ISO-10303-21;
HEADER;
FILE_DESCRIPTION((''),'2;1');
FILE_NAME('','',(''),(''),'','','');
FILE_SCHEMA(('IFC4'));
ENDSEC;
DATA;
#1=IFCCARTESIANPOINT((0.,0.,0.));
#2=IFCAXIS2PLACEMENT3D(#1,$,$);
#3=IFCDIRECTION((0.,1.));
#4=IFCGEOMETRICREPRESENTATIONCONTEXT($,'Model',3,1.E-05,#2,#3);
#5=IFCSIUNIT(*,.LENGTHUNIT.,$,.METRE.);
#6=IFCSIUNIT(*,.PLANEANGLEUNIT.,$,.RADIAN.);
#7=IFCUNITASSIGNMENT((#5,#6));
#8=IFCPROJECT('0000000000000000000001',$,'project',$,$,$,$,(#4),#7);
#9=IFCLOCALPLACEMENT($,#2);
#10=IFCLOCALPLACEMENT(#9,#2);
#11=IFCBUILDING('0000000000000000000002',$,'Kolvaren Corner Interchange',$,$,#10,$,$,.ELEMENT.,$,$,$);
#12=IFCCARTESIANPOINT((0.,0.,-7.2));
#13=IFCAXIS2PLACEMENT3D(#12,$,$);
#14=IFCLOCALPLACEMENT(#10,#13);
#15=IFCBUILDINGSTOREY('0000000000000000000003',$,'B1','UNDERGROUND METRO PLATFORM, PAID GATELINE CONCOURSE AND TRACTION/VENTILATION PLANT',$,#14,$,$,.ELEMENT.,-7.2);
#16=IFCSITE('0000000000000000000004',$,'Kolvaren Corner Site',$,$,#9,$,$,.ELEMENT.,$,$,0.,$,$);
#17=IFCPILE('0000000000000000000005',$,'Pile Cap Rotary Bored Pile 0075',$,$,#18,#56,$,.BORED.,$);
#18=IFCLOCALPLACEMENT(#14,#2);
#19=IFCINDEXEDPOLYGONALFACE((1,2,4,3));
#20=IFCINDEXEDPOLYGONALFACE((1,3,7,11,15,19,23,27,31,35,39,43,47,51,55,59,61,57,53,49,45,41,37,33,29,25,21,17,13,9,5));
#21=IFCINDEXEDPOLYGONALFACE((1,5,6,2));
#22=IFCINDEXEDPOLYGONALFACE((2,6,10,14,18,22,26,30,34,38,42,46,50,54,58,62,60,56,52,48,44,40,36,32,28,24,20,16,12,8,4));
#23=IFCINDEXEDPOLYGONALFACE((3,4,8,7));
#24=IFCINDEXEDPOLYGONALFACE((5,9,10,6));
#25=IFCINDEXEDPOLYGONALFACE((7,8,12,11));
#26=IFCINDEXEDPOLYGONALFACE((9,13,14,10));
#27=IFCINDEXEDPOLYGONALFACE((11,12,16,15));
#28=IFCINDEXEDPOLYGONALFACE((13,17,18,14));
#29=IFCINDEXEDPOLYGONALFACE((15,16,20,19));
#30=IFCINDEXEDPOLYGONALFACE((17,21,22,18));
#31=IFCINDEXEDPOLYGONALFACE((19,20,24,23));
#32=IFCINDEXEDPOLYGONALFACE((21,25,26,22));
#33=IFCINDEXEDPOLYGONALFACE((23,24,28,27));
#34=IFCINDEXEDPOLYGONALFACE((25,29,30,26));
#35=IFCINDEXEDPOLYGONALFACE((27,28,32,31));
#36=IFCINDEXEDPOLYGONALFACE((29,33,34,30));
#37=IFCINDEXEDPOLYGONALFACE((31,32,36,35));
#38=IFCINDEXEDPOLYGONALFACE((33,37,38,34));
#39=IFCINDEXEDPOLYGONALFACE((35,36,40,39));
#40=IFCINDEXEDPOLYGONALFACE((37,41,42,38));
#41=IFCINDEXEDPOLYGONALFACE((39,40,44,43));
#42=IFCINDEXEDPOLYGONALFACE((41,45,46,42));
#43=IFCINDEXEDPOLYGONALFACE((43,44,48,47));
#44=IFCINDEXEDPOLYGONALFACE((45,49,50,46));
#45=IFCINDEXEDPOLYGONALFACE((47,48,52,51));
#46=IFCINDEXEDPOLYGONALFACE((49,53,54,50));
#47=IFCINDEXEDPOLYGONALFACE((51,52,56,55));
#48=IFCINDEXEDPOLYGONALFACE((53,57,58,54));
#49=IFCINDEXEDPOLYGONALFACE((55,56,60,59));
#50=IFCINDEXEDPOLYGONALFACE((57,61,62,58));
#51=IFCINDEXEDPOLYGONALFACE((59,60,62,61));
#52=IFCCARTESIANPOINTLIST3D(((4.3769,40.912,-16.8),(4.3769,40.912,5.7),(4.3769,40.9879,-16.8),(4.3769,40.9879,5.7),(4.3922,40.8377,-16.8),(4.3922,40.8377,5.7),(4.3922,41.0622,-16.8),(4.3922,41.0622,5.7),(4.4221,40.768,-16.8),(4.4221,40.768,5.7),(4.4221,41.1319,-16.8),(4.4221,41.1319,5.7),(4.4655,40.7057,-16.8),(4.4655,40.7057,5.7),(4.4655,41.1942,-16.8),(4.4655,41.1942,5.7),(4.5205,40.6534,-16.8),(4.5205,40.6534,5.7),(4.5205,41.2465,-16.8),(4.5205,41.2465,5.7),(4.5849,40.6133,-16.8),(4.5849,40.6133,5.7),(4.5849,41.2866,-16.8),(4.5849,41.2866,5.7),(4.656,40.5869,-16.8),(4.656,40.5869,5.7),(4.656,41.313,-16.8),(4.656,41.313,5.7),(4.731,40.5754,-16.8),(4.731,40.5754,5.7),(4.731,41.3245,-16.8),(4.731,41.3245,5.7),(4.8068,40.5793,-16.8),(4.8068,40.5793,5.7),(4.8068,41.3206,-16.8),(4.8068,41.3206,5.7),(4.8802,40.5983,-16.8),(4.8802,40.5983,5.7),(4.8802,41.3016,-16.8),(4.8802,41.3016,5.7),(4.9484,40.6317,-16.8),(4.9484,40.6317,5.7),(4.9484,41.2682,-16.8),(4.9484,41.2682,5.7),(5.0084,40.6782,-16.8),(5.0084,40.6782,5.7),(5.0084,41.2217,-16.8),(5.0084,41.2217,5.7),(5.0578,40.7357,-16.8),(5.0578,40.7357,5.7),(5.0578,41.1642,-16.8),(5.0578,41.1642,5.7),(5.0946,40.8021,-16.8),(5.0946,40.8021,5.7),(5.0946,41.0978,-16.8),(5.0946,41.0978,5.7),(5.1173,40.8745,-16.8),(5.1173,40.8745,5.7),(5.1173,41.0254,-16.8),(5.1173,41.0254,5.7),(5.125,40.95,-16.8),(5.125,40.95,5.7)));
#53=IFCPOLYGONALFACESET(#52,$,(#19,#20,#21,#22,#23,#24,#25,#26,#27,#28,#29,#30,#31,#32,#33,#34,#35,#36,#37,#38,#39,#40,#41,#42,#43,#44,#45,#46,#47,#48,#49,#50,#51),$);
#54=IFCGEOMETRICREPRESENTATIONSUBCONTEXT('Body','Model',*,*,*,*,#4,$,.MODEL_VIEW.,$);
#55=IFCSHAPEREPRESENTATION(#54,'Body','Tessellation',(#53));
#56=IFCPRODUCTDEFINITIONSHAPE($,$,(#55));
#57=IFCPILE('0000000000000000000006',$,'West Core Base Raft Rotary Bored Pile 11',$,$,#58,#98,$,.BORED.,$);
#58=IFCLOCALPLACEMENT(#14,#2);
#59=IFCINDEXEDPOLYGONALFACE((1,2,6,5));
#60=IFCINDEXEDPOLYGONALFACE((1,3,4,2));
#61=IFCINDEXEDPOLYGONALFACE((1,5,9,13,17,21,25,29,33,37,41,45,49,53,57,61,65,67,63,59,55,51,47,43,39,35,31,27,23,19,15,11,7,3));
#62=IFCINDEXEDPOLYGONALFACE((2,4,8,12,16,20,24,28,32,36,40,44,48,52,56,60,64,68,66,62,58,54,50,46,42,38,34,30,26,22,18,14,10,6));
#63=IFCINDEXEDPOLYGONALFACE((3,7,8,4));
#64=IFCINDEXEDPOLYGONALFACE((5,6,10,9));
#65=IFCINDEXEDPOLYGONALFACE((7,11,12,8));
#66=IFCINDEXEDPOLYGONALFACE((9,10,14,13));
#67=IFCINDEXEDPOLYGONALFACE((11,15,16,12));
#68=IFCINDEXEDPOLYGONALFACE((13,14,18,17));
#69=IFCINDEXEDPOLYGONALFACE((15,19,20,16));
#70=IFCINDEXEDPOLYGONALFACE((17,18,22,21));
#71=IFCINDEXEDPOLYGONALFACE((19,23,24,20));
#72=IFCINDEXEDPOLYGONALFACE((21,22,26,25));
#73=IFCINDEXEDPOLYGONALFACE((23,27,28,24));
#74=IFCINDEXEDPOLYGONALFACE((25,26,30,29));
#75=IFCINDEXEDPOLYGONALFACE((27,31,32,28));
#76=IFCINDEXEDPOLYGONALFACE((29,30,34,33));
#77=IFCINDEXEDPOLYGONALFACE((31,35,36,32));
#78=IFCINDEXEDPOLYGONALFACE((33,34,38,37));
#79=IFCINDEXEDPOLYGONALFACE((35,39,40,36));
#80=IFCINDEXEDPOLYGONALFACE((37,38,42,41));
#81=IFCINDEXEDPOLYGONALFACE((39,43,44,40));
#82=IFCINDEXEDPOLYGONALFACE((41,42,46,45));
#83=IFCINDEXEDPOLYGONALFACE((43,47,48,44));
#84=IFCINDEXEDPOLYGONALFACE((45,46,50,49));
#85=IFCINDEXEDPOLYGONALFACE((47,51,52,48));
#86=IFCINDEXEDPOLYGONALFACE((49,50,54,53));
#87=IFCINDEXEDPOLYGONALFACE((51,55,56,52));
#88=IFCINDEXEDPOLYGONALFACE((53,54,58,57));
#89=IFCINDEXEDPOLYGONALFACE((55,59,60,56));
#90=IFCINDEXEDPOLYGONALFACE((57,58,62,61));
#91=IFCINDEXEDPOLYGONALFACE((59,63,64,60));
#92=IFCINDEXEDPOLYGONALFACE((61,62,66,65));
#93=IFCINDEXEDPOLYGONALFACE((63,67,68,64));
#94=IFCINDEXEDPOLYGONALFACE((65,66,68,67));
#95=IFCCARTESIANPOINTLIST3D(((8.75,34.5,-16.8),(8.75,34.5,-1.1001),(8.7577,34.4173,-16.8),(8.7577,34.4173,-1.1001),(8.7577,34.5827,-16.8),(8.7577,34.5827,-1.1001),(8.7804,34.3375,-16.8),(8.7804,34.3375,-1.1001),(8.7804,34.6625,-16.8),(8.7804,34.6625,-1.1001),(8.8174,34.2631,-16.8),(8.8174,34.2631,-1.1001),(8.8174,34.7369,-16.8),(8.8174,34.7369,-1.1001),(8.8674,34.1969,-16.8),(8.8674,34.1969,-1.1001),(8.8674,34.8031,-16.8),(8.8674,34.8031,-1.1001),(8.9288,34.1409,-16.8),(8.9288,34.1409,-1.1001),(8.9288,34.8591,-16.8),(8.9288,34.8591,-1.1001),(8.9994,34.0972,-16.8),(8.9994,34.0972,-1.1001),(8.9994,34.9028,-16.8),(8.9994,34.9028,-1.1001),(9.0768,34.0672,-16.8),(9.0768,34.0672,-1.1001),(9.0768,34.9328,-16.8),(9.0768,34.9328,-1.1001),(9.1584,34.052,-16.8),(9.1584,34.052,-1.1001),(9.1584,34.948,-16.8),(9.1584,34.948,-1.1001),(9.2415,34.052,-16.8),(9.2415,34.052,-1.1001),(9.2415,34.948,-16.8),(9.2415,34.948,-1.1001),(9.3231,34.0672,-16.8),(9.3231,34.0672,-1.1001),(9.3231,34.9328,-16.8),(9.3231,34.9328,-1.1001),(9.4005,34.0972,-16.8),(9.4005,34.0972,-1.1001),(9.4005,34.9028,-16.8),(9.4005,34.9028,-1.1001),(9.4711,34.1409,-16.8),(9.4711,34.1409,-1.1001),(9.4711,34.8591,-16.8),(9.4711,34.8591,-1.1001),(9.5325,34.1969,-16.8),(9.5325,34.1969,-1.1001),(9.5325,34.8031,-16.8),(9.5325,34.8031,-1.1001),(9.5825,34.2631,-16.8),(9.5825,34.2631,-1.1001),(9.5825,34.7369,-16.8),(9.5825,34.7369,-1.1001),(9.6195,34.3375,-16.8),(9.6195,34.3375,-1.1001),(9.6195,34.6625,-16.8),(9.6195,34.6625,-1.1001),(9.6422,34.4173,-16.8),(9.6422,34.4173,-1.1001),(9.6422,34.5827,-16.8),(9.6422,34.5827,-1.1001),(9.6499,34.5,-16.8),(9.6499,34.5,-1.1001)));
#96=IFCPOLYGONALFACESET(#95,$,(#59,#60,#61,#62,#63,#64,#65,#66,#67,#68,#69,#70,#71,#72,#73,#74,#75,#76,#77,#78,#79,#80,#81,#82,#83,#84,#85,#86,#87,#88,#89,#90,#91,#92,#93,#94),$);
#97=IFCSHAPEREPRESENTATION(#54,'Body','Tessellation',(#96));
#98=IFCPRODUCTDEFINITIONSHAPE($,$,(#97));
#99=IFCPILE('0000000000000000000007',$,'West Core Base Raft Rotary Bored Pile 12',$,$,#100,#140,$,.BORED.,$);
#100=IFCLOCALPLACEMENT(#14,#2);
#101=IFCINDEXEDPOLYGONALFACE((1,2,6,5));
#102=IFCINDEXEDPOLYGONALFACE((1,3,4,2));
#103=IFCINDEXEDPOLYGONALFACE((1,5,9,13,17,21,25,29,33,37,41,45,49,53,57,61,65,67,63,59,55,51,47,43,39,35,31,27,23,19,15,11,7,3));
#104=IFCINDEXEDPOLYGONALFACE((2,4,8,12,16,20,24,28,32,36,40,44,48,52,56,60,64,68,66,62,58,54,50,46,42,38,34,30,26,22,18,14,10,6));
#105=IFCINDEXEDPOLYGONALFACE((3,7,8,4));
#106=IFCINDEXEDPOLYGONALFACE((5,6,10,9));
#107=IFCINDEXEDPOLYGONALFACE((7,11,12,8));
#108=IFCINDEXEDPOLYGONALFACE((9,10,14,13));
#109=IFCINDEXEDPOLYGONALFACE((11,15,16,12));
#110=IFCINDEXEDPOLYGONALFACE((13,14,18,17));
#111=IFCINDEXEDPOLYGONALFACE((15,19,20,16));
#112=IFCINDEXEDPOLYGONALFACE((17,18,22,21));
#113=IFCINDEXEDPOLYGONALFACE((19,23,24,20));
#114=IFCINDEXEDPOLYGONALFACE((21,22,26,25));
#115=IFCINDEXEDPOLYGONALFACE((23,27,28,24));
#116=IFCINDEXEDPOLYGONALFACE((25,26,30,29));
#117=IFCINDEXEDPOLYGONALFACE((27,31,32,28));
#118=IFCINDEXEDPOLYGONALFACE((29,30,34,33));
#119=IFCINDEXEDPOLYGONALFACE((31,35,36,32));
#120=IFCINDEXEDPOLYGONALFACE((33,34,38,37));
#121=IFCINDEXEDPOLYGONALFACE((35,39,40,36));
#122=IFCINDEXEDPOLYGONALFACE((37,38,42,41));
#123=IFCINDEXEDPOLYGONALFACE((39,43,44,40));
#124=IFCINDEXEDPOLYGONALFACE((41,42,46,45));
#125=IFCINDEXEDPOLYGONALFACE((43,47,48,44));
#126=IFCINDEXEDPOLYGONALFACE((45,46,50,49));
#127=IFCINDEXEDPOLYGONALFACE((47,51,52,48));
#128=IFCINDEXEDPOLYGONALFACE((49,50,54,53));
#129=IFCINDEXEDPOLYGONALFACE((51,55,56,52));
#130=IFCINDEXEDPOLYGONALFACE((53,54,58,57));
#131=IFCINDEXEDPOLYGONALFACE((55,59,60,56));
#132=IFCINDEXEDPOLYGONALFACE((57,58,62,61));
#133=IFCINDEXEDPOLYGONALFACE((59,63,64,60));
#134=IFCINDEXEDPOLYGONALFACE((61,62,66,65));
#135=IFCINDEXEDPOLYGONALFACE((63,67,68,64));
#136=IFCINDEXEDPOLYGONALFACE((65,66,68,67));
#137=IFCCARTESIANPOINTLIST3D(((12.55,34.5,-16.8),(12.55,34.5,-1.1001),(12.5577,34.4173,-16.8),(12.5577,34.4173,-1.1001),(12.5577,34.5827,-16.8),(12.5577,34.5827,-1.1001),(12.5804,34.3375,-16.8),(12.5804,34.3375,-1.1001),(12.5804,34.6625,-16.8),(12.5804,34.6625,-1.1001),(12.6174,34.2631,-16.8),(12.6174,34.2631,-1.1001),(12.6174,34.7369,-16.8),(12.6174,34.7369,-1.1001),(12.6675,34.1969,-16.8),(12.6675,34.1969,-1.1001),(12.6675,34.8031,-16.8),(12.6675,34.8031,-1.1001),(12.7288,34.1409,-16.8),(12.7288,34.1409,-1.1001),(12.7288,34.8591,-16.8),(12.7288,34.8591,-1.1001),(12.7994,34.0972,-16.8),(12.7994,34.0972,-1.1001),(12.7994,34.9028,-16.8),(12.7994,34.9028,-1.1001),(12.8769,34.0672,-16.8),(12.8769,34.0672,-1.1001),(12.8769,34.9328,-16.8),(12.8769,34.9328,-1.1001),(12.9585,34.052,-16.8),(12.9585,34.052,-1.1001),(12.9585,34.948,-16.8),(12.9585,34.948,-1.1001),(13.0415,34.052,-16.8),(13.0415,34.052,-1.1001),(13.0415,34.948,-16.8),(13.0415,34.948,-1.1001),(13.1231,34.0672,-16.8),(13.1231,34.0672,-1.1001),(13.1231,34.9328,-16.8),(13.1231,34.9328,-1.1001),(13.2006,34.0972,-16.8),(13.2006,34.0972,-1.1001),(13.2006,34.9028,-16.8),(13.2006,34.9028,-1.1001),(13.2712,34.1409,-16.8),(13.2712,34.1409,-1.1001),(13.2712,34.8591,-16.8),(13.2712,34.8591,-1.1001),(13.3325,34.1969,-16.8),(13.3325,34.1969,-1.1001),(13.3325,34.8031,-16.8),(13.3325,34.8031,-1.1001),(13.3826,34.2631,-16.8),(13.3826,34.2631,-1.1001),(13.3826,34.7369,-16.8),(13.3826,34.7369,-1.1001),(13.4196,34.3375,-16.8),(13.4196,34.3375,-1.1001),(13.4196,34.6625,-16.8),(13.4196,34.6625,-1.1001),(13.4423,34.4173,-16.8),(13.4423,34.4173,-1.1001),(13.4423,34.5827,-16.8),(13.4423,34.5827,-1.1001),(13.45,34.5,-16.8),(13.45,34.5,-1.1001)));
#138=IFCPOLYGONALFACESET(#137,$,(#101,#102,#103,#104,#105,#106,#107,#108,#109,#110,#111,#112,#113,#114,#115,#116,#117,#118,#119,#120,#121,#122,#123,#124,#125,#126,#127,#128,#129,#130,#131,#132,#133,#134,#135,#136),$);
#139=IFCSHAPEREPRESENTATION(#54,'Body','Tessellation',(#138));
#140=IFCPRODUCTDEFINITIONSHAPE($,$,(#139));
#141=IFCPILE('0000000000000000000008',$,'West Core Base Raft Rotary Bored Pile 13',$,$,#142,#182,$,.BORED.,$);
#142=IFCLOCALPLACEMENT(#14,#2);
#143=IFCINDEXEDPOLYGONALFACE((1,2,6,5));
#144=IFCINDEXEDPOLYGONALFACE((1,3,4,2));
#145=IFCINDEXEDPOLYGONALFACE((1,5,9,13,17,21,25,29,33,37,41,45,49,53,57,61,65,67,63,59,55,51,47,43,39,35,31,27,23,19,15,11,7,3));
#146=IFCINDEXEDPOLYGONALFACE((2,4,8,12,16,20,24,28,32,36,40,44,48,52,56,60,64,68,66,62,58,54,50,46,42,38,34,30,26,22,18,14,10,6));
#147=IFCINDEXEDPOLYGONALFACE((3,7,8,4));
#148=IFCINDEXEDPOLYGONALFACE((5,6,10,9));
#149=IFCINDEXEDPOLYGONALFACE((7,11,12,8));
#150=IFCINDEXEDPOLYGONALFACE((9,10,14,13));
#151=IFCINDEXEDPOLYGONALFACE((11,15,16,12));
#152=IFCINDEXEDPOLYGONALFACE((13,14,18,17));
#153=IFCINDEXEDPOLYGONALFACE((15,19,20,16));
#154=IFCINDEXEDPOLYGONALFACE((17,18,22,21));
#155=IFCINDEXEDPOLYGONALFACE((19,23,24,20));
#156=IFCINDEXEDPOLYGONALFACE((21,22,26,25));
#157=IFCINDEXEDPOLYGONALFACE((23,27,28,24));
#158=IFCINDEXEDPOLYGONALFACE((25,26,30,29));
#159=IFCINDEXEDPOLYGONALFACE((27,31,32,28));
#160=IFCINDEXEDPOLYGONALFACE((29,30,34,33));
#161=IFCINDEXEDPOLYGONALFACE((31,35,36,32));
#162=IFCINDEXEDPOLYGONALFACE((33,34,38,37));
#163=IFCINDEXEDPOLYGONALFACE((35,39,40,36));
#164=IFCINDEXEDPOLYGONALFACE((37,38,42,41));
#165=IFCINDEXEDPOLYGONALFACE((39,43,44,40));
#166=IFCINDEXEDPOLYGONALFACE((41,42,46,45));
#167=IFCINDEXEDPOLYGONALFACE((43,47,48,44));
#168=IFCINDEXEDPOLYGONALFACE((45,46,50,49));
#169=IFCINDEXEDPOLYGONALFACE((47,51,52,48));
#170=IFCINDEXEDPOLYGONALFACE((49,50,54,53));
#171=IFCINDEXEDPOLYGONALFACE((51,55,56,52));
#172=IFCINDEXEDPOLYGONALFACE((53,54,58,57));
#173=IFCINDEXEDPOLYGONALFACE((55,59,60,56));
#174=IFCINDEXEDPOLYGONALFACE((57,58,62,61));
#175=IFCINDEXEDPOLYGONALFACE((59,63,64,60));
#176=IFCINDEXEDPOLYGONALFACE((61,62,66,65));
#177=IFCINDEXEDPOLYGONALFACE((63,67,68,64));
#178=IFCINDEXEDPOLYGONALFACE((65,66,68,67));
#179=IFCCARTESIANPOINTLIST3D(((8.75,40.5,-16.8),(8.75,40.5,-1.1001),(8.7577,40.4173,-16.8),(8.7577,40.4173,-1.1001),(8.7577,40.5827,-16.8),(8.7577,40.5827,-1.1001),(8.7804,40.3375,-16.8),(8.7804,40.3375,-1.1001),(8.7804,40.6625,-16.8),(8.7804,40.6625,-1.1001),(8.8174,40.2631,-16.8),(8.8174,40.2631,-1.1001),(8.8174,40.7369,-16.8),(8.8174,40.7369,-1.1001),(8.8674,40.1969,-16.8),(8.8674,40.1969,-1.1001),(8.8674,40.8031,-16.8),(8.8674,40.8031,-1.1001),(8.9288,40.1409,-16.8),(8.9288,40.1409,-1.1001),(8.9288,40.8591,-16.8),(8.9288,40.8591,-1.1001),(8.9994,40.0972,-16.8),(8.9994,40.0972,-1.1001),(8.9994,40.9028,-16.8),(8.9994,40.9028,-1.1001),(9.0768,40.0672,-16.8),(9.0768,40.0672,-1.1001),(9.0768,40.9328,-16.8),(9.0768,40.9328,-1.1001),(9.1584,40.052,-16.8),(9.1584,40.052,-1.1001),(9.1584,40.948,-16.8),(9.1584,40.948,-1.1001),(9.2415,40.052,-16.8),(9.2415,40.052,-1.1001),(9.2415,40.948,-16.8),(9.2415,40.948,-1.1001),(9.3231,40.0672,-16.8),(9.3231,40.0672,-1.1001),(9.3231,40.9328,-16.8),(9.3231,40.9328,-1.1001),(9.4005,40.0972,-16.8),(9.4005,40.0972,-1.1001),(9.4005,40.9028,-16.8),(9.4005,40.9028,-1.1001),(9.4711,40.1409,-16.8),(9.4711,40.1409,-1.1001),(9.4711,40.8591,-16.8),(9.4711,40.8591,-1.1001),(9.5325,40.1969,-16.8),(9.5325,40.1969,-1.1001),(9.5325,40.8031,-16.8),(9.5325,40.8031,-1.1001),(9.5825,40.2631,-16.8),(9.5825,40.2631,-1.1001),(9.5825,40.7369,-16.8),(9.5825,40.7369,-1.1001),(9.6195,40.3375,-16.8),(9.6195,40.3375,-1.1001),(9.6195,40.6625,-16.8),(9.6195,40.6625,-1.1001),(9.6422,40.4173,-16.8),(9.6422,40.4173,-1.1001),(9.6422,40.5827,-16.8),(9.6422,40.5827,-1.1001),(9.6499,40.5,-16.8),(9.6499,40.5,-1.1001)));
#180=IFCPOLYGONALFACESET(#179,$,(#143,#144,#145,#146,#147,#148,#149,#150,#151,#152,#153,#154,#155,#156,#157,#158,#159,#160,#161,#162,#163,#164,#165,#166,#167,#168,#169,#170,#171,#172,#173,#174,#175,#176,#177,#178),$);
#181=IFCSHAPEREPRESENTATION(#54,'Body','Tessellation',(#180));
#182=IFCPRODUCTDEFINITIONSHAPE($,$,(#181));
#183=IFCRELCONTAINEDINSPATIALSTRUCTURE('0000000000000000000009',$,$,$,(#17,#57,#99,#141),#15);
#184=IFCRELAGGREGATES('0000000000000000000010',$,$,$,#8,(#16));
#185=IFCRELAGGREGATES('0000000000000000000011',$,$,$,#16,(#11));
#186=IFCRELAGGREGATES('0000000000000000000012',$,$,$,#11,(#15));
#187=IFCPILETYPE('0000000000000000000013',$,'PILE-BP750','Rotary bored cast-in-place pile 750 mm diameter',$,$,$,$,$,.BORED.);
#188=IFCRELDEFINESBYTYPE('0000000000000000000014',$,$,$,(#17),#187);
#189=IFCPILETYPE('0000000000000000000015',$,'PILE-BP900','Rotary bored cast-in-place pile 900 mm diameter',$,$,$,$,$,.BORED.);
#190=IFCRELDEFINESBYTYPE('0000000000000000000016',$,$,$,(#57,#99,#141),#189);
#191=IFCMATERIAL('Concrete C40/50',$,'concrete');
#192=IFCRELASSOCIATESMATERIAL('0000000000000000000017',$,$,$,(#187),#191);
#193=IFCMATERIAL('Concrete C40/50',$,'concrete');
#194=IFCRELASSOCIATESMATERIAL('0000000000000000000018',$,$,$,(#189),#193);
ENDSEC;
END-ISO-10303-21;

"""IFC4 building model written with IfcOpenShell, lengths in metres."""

from ifc_helpers import new_model, si_unit, direction, frame, origin, origin_2d, place, context, subcontext, project, spatial, circle, extrude, material, material_profile, profile_set, type_object, element, save


model = new_model("IFC4")

# Units and contexts
model_context = context("Model", 3, precision=1e-05, world=origin(), true_north=direction((0.0, 1.0)))
body_context = subcontext(model_context, "Body", "Model", "MODEL_VIEW")
ifc_project = project(units=[si_unit("LENGTHUNIT", "METRE"), si_unit("PLANEANGLEUNIT", "RADIAN")], contexts=[model_context])

# Site, building, storey
site_placement = place(None, origin())
site = spatial("IfcSite", under=ifc_project, at=site_placement, Name="Kolvaren Corner Site", CompositionType="ELEMENT", RefElevation=0.0)
building_placement = place(site_placement, origin())
building = spatial("IfcBuilding", under=site, at=building_placement, Name="Kolvaren Corner Interchange", CompositionType="ELEMENT")
storey_placement = place(building_placement, frame((0.0, 0.0, -7.2)))
storey = spatial("IfcBuildingStorey", under=building, at=storey_placement, Name="B1", Description="UNDERGROUND METRO PLATFORM, PAID GATELINE CONCOURSE AND TRACTION/VENTILATION PLANT", CompositionType="ELEMENT", Elevation=-7.2)

# Piles
ifc_material_1 = material(Name="Concrete C40/50", Category="concrete")
ifc_material_profile_1 = material_profile(ifc_material_1, circle(Radius=0.375, at=origin_2d()), Name="BORED PILE 750")
ifc_profile_set_1 = profile_set([ifc_material_profile_1], Name="Concrete C40/50")
pile_type_1 = type_object("IfcPileType", Name="PILE-BP750", Description="Rotary bored cast-in-place pile 750 mm diameter", PredefinedType="BORED", material=ifc_profile_set_1)
for number, where, z_axis, x_axis, name in (
    (1, (4.75, 40.95, 5.7), (0.0, 0.0, -1.0), (1.0, 0.0, 0.0), "Pile Cap Rotary Bored Pile 0075"),
):
    element("IfcPile", number, at=place(storey_placement, frame(where, z_axis=z_axis, x_axis=x_axis)), inside=storey, type_object=pile_type_1, Name=name, PredefinedType="BORED", context=body_context, shape_type="SweptSolid", body=[
        extrude(circle(Radius=0.375, at=origin_2d()), origin(), (0.0, 0.0, 1.0), 22.5),
    ])
ifc_material_2 = material(Name="Concrete C40/50", Category="concrete")
ifc_material_profile_2 = material_profile(ifc_material_2, circle(Radius=0.45, at=origin_2d()), Name="BORED PILE 900")
ifc_profile_set_2 = profile_set([ifc_material_profile_2], Name="Concrete C40/50")
pile_type_2 = type_object("IfcPileType", Name="PILE-BP900", Description="Rotary bored cast-in-place pile 900 mm diameter", PredefinedType="BORED", material=ifc_profile_set_2)
for number, where, z_axis, x_axis, name in (
    (2, (9.2, 34.5, -1.1001), (0.0, 0.0, -1.0), (1.0, 0.0, 0.0), "West Core Base Raft Rotary Bored Pile 11"),
    (3, (13.0, 34.5, -1.1001), (0.0, 0.0, -1.0), (1.0, 0.0, 0.0), "West Core Base Raft Rotary Bored Pile 12"),
    (4, (9.2, 40.5, -1.1001), (0.0, 0.0, -1.0), (1.0, 0.0, 0.0), "West Core Base Raft Rotary Bored Pile 13"),
):
    element("IfcPile", number, at=place(storey_placement, frame(where, z_axis=z_axis, x_axis=x_axis)), inside=storey, type_object=pile_type_2, Name=name, PredefinedType="BORED", context=body_context, shape_type="SweptSolid", body=[
        extrude(circle(Radius=0.45, at=origin_2d()), origin(), (0.0, 0.0, 1.0), 15.7),
    ])

save(model, "model.ifc")
